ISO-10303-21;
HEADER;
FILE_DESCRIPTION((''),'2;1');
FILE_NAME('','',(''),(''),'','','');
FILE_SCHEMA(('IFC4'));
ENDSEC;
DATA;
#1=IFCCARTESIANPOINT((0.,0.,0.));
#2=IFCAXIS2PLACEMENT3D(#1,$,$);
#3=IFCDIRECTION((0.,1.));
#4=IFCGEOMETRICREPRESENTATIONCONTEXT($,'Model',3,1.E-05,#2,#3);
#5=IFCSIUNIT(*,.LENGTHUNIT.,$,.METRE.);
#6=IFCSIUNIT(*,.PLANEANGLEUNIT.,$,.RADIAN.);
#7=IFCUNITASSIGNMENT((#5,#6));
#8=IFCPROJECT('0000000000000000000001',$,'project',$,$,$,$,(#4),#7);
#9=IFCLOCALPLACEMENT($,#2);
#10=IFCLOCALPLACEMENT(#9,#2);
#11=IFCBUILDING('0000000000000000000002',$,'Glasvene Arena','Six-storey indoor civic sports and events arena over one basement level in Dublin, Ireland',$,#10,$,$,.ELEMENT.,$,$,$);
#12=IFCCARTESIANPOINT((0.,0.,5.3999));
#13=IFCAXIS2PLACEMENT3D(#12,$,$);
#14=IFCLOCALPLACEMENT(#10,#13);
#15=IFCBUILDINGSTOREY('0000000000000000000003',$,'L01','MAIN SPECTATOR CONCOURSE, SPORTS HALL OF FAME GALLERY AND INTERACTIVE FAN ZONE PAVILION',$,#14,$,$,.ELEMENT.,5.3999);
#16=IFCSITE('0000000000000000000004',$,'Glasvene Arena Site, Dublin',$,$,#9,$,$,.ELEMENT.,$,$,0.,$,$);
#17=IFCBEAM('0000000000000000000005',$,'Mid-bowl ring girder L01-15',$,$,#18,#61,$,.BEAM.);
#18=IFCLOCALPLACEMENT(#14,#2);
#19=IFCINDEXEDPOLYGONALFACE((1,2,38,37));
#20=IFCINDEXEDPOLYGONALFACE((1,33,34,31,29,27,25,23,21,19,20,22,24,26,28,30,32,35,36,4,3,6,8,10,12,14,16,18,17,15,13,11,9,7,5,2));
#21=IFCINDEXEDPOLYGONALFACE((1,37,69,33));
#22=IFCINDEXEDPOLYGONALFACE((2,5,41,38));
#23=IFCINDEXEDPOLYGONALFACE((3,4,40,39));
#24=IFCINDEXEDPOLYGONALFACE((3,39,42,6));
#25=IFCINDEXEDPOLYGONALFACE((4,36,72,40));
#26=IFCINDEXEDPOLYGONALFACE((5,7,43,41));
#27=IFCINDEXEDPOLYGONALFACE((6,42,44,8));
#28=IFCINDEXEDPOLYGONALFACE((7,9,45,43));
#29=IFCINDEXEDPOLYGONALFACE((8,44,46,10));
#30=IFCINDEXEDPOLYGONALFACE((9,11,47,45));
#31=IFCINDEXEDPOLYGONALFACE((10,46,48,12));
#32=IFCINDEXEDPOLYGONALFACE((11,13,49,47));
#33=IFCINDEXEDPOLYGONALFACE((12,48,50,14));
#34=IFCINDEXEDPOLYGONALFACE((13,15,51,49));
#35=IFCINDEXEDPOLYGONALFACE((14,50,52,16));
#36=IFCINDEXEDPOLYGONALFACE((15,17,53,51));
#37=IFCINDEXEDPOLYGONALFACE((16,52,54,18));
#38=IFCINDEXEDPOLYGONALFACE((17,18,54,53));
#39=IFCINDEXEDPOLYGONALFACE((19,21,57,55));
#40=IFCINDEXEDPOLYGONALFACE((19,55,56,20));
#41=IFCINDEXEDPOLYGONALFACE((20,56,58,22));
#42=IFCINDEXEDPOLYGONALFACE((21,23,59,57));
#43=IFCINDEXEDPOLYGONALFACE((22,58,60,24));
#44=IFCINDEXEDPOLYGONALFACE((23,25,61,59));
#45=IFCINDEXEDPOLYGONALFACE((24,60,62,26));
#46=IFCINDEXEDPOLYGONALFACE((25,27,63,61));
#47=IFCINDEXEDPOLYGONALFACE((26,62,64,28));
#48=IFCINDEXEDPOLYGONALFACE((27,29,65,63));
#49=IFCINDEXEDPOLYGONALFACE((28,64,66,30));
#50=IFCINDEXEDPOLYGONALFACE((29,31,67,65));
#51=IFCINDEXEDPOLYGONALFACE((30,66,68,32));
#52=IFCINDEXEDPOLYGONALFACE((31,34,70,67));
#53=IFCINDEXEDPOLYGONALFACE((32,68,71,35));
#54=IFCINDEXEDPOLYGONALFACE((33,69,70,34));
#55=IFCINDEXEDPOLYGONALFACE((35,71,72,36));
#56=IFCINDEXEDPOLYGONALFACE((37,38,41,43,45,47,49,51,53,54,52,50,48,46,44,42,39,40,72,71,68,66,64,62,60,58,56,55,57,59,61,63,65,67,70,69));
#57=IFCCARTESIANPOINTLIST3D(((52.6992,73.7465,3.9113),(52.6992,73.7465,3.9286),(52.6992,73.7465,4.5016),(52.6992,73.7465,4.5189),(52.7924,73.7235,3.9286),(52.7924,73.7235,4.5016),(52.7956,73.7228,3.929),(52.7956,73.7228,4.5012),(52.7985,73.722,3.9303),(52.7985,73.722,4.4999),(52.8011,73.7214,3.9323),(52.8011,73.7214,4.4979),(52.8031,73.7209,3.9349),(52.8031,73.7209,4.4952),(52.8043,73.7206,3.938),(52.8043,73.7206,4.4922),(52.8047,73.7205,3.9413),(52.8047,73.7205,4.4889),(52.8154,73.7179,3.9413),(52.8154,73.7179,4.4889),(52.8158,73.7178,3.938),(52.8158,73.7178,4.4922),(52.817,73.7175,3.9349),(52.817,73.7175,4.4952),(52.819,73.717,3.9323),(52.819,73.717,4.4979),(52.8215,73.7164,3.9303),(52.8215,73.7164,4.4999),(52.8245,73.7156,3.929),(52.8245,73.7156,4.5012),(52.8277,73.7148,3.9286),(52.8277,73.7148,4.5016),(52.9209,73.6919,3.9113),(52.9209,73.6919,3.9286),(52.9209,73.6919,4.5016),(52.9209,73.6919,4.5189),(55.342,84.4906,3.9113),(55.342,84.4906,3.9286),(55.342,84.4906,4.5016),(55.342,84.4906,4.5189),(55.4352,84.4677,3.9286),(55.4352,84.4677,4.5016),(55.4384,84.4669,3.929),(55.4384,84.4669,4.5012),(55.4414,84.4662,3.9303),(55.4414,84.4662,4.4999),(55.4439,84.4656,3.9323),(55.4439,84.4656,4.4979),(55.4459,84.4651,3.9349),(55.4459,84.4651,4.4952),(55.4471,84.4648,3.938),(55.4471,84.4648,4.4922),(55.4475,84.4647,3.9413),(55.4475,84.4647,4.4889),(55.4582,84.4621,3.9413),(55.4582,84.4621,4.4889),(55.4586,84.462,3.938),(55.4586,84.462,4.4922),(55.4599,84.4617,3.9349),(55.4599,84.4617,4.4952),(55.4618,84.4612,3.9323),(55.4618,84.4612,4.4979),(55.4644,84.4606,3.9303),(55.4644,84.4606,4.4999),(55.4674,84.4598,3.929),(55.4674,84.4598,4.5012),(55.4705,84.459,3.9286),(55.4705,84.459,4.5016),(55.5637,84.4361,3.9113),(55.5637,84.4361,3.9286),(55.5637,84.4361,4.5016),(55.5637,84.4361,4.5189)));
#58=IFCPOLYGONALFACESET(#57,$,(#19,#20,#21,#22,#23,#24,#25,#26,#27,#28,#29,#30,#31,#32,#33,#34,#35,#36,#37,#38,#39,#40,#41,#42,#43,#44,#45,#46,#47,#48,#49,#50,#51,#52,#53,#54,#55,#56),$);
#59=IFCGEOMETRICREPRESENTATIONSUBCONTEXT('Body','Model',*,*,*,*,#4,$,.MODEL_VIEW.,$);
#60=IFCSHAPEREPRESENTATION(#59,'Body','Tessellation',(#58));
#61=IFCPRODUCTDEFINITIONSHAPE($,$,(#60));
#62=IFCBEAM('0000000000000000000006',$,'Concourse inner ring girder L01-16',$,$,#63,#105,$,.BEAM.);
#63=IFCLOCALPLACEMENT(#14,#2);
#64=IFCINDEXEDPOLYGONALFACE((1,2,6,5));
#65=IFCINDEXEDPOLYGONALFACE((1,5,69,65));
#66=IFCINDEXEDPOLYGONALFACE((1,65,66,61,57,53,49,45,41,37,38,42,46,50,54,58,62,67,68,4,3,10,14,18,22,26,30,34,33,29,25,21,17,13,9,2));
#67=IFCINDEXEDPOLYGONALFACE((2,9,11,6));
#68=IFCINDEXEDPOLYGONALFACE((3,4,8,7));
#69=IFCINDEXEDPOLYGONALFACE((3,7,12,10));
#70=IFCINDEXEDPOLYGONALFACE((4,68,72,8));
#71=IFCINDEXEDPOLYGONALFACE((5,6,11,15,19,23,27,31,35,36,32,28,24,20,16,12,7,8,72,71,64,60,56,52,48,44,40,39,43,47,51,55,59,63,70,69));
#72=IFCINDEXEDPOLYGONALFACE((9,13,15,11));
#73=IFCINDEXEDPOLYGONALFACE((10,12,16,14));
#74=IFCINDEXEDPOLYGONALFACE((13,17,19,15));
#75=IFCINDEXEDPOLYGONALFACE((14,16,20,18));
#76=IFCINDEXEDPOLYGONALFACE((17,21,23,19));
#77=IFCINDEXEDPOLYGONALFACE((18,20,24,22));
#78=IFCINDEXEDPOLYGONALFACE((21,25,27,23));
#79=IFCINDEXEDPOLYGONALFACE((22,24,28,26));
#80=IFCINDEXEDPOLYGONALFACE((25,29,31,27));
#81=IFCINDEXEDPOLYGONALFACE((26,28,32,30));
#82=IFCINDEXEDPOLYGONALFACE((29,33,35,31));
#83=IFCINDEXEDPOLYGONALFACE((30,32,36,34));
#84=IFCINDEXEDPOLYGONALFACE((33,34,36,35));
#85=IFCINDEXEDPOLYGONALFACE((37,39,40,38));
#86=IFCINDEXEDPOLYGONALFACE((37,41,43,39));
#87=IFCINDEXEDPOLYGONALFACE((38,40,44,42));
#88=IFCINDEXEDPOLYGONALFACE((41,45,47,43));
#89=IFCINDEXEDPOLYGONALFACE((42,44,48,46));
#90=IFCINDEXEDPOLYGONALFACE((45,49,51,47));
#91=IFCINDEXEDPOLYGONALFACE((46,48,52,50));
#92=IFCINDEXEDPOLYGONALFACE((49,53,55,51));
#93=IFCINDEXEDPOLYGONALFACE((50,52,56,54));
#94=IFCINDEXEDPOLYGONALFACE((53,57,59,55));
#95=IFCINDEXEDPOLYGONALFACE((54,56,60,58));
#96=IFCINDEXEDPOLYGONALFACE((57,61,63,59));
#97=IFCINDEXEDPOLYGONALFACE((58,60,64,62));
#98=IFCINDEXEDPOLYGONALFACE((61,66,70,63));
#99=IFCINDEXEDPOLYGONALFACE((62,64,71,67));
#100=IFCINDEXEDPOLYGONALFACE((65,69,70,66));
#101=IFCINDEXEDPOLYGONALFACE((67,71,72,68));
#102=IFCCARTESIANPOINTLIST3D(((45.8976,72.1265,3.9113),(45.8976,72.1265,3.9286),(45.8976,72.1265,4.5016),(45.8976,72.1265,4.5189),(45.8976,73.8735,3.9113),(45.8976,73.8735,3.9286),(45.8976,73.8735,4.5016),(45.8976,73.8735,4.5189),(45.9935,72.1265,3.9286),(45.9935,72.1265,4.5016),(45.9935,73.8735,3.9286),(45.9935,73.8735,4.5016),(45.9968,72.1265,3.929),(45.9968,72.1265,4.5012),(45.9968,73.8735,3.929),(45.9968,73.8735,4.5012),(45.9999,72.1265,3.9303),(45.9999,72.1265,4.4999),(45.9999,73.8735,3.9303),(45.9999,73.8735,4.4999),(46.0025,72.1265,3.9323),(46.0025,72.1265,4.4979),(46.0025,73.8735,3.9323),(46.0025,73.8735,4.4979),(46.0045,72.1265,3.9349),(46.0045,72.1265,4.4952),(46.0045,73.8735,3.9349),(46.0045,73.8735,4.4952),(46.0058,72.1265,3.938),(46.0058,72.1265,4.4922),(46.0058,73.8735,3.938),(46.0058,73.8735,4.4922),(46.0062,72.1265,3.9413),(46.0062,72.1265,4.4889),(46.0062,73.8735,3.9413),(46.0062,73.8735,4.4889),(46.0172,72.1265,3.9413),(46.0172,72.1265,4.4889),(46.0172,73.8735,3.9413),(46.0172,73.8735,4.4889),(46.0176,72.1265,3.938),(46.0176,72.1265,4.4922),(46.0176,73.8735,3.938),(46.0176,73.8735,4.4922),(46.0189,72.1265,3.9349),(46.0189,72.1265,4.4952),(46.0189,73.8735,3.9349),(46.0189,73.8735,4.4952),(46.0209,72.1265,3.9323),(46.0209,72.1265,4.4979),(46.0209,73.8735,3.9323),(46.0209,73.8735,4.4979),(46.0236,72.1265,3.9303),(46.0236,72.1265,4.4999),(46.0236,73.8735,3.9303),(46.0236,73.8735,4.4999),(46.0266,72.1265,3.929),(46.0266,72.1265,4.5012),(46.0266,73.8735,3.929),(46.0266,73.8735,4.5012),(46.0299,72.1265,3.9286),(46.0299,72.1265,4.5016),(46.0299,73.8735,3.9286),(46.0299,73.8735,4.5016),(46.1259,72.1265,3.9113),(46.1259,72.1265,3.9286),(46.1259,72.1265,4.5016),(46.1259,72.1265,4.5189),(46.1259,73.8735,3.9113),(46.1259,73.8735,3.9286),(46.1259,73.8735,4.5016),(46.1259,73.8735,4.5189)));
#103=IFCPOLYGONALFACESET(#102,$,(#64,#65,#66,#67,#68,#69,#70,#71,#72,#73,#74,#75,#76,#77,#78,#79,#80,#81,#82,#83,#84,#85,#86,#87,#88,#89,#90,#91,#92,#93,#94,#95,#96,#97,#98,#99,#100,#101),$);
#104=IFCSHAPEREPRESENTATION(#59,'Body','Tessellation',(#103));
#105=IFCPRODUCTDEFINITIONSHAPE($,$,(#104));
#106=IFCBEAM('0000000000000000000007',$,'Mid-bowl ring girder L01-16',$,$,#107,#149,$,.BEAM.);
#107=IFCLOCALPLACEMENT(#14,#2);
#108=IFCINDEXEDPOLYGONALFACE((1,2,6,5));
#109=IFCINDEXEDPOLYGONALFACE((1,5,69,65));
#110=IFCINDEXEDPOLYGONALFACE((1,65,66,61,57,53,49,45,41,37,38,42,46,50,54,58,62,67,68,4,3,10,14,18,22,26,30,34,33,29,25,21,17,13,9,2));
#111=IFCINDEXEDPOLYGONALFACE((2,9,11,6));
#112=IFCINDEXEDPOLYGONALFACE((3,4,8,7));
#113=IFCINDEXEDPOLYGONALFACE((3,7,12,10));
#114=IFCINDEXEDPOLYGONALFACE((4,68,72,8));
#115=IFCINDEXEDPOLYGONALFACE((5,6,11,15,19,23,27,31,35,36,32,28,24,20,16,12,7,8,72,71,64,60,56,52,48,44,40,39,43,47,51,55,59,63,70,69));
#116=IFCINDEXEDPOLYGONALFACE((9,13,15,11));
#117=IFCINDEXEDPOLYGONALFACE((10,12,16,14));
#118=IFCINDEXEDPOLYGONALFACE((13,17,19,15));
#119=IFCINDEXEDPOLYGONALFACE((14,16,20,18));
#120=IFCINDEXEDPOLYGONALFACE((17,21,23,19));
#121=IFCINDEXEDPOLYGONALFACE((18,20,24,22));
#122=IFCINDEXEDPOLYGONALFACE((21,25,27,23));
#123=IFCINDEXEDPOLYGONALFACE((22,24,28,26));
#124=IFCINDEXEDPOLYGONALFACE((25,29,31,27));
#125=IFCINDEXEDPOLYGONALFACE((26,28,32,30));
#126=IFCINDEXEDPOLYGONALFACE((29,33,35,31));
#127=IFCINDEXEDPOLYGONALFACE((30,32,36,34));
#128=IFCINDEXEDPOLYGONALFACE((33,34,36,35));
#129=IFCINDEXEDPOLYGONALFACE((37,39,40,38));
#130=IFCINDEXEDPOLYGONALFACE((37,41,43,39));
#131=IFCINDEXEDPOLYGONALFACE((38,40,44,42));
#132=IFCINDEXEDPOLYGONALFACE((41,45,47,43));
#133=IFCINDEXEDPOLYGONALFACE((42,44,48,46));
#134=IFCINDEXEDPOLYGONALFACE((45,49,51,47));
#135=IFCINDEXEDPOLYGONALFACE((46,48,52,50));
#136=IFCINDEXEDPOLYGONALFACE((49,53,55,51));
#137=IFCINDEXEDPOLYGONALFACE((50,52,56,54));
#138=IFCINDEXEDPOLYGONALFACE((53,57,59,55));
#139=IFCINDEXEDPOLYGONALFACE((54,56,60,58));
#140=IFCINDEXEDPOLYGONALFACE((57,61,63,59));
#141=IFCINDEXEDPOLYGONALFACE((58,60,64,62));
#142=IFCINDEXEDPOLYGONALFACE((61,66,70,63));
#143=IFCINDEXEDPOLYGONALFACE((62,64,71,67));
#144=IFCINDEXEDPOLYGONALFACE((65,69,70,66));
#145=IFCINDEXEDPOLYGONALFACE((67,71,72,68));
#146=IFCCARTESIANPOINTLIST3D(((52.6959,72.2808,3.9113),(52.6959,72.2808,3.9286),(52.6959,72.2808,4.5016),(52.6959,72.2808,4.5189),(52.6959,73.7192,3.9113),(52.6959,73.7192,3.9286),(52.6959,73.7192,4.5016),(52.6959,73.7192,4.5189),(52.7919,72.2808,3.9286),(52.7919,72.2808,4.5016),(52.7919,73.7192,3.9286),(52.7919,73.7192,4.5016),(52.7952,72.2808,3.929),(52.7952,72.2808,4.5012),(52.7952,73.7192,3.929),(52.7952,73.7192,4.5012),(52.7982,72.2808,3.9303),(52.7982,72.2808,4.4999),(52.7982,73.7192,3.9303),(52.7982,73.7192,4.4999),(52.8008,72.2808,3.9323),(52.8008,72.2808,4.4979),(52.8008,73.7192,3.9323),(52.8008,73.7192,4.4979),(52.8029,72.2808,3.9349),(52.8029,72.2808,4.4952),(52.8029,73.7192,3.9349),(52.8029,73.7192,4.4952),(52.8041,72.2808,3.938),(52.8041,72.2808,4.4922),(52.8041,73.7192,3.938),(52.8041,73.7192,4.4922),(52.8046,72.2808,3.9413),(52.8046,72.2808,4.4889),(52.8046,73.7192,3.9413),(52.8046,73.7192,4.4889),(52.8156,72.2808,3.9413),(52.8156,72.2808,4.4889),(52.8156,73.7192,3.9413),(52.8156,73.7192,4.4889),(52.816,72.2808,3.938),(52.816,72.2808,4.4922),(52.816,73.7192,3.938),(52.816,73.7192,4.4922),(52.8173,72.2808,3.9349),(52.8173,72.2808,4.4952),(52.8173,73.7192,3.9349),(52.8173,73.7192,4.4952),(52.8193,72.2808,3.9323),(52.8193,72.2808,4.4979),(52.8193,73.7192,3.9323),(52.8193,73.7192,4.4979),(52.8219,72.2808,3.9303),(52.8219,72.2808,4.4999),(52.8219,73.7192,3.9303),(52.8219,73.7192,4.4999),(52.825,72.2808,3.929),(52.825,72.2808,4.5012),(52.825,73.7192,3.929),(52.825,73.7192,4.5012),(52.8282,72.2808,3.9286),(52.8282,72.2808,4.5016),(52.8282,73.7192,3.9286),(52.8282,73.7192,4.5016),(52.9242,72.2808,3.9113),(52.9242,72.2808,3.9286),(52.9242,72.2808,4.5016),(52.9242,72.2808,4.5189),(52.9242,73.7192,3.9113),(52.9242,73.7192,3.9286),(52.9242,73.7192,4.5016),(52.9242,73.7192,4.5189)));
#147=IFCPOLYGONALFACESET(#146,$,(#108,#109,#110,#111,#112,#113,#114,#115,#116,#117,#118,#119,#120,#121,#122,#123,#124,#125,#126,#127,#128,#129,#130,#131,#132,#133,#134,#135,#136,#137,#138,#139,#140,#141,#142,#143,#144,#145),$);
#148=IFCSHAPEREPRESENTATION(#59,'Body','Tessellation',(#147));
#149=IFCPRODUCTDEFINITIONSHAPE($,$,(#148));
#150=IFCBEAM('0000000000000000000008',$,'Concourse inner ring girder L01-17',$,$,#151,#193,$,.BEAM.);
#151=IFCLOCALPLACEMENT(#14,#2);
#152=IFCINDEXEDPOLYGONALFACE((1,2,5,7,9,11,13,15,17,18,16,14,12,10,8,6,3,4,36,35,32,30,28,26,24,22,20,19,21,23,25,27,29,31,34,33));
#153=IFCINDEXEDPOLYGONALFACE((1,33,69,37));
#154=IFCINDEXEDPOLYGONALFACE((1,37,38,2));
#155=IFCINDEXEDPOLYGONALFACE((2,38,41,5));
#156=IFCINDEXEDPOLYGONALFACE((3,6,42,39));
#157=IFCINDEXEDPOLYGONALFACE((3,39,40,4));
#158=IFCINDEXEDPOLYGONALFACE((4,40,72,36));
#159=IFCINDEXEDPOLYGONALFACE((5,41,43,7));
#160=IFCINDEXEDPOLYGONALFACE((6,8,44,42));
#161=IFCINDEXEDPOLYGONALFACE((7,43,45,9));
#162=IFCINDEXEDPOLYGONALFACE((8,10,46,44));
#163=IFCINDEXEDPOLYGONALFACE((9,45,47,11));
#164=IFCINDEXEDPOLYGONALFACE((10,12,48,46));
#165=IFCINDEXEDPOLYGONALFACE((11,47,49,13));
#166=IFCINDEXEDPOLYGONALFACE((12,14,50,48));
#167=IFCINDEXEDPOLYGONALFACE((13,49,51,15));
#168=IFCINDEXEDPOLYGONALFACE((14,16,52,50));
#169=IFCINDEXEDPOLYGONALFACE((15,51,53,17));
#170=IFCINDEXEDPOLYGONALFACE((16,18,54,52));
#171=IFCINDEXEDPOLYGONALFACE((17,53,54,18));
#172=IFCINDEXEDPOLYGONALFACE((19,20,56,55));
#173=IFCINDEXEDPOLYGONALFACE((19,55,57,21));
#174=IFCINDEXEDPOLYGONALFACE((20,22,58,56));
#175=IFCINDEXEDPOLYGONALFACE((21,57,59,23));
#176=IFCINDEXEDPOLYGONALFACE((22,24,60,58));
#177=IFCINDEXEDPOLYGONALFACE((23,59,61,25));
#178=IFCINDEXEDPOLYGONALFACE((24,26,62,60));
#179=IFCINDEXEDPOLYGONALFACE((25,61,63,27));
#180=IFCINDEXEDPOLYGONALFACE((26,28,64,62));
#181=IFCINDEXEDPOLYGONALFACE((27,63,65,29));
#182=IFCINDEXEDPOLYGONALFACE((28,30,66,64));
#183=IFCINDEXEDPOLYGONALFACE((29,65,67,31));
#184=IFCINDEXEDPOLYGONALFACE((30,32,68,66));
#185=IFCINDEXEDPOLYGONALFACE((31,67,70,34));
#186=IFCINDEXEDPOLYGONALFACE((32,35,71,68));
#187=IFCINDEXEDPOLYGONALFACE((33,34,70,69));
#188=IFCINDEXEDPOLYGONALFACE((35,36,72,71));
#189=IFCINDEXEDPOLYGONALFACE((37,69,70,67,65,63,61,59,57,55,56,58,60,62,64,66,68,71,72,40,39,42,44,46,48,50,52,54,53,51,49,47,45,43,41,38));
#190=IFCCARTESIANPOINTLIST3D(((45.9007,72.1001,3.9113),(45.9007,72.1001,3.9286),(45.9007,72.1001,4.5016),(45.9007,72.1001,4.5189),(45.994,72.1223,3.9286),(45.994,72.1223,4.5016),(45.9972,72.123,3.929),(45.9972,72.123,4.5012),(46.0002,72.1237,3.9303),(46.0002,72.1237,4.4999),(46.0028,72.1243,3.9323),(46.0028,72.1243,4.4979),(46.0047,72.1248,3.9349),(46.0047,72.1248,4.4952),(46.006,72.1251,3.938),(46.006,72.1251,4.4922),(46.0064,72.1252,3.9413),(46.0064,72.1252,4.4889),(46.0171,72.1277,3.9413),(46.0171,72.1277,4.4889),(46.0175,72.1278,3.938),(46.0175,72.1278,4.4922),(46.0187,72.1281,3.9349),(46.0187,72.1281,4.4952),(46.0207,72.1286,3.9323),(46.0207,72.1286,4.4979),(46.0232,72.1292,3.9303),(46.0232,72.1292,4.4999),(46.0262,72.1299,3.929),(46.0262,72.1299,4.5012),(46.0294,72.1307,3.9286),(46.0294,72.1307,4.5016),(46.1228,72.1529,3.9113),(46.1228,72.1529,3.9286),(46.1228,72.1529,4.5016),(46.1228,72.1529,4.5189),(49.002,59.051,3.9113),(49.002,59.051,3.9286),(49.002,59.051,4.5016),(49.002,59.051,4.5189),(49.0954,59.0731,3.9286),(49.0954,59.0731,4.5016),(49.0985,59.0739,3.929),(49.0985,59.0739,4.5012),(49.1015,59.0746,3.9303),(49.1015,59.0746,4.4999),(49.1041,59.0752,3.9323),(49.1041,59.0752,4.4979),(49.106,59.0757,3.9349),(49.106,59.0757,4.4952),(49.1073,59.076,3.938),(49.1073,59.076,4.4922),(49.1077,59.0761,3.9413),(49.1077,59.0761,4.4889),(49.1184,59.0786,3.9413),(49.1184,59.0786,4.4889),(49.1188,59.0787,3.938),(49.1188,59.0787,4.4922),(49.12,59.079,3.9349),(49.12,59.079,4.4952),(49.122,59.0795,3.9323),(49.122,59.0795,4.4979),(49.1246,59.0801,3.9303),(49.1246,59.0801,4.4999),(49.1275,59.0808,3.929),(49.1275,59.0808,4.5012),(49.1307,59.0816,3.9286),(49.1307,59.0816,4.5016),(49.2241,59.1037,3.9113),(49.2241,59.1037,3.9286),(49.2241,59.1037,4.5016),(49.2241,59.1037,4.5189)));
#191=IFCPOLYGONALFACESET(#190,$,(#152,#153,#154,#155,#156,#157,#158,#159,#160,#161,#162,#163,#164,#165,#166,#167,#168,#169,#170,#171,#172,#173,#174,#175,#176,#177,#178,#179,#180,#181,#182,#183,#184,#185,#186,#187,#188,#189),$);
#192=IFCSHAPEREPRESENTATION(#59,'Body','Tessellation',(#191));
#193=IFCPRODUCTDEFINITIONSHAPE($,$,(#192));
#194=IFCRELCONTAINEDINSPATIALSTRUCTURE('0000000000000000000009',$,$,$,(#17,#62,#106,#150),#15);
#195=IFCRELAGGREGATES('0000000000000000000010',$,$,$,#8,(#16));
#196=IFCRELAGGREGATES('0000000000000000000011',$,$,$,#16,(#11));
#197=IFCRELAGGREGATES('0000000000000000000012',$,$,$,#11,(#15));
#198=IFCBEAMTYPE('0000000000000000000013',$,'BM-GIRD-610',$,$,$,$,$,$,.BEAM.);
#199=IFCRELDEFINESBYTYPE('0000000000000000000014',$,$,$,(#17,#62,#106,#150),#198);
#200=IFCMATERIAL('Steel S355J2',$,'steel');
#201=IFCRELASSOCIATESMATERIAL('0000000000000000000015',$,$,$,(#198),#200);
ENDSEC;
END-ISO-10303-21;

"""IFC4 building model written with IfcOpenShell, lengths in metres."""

from ifc_helpers import new_model, si_unit, direction, frame, origin, origin_2d, place, context, subcontext, project, spatial, i_section, extrude, material, material_profile, profile_set, type_object, element, save


model = new_model("IFC4")

# Units and contexts
model_context = context("Model", 3, precision=1e-05, world=origin(), true_north=direction((0.0, 1.0)))
body_context = subcontext(model_context, "Body", "Model", "MODEL_VIEW")
ifc_project = project(units=[si_unit("LENGTHUNIT", "METRE"), si_unit("PLANEANGLEUNIT", "RADIAN")], contexts=[model_context])

# Site, building, storey
site_placement = place(None, origin())
site = spatial("IfcSite", under=ifc_project, at=site_placement, Name="Glasvene Arena Site, Dublin", CompositionType="ELEMENT", RefElevation=0.0)
building_placement = place(site_placement, origin())
building = spatial("IfcBuilding", under=site, at=building_placement, Name="Glasvene Arena", Description="Six-storey indoor civic sports and events arena over one basement level in Dublin, Ireland", CompositionType="ELEMENT")
storey_placement = place(building_placement, frame((0.0, 0.0, 5.3999)))
storey = spatial("IfcBuildingStorey", under=building, at=storey_placement, Name="L01", Description="MAIN SPECTATOR CONCOURSE, SPORTS HALL OF FAME GALLERY AND INTERACTIVE FAN ZONE PAVILION", CompositionType="ELEMENT", Elevation=5.3999)

# Shared definitions
ifc_material_1 = material(Name="Steel S355J2", Category="steel")

# Beams
ifc_material_profile_1 = material_profile(ifc_material_1, i_section(OverallWidth=0.2283, OverallDepth=0.6077, WebThickness=0.011, FlangeThickness=0.0173, FilletRadius=0.0127, at=origin_2d()), Name="UKB 610x229x113")
ifc_profile_set_1 = profile_set([ifc_material_profile_1], Name="Steel S355J2")
beam_type_1 = type_object("IfcBeamType", Name="BM-GIRD-610", PredefinedType="BEAM", material=ifc_profile_set_1)
beam_1_placement = place(storey_placement, frame((55.4529, 84.4634, 4.2151), z_axis=(-0.238858, -0.971054, 0.0), x_axis=(0.971054, -0.238858, 0.0)))
element("IfcBeam", 1, at=beam_1_placement, inside=storey, type_object=beam_type_1, Name="Mid-bowl ring girder L01-15", PredefinedType="BEAM", context=body_context, shape_type="SweptSolid", body=[
    extrude(i_section(OverallWidth=0.2283, OverallDepth=0.6077, WebThickness=0.011, FlangeThickness=0.0173, FilletRadius=0.0127, at=origin_2d()), origin(), (0.0, 0.0, 1.0), 11.0645),
])
beam_2_placement = place(storey_placement, frame((46.0117, 73.8735, 4.2151), z_axis=(0.0, -1.0, 0.0), x_axis=(1.0, 0.0, 0.0)))
element("IfcBeam", 2, at=beam_2_placement, inside=storey, type_object=beam_type_1, Name="Concourse inner ring girder L01-16", PredefinedType="BEAM", context=body_context, shape_type="SweptSolid", body=[
    extrude(i_section(OverallWidth=0.2283, OverallDepth=0.6077, WebThickness=0.011, FlangeThickness=0.0173, FilletRadius=0.0127, at=origin_2d()), origin(), (0.0, 0.0, 1.0), 1.7471),
])
beam_3_placement = place(storey_placement, frame((52.8101, 73.7192, 4.2151), z_axis=(0.0, -1.0, 0.0), x_axis=(1.0, 0.0, 0.0)))
element("IfcBeam", 3, at=beam_3_placement, inside=storey, type_object=beam_type_1, Name="Mid-bowl ring girder L01-16", PredefinedType="BEAM", context=body_context, shape_type="SweptSolid", body=[
    extrude(i_section(OverallWidth=0.2283, OverallDepth=0.6077, WebThickness=0.011, FlangeThickness=0.0173, FilletRadius=0.0127, at=origin_2d()), origin(), (0.0, 0.0, 1.0), 1.4385),
])
beam_4_placement = place(storey_placement, frame((46.0117, 72.1265, 4.2151), z_axis=(0.231225, -0.9729, 0.0), x_axis=(0.9729, 0.231225, 0.0)))
element("IfcBeam", 4, at=beam_4_placement, inside=storey, type_object=beam_type_1, Name="Concourse inner ring girder L01-17", PredefinedType="BEAM", context=body_context, shape_type="SweptSolid", body=[
    extrude(i_section(OverallWidth=0.2283, OverallDepth=0.6077, WebThickness=0.011, FlangeThickness=0.0173, FilletRadius=0.0127, at=origin_2d()), origin(), (0.0, 0.0, 1.0), 13.4126),
])

save(model, "model.ifc")
